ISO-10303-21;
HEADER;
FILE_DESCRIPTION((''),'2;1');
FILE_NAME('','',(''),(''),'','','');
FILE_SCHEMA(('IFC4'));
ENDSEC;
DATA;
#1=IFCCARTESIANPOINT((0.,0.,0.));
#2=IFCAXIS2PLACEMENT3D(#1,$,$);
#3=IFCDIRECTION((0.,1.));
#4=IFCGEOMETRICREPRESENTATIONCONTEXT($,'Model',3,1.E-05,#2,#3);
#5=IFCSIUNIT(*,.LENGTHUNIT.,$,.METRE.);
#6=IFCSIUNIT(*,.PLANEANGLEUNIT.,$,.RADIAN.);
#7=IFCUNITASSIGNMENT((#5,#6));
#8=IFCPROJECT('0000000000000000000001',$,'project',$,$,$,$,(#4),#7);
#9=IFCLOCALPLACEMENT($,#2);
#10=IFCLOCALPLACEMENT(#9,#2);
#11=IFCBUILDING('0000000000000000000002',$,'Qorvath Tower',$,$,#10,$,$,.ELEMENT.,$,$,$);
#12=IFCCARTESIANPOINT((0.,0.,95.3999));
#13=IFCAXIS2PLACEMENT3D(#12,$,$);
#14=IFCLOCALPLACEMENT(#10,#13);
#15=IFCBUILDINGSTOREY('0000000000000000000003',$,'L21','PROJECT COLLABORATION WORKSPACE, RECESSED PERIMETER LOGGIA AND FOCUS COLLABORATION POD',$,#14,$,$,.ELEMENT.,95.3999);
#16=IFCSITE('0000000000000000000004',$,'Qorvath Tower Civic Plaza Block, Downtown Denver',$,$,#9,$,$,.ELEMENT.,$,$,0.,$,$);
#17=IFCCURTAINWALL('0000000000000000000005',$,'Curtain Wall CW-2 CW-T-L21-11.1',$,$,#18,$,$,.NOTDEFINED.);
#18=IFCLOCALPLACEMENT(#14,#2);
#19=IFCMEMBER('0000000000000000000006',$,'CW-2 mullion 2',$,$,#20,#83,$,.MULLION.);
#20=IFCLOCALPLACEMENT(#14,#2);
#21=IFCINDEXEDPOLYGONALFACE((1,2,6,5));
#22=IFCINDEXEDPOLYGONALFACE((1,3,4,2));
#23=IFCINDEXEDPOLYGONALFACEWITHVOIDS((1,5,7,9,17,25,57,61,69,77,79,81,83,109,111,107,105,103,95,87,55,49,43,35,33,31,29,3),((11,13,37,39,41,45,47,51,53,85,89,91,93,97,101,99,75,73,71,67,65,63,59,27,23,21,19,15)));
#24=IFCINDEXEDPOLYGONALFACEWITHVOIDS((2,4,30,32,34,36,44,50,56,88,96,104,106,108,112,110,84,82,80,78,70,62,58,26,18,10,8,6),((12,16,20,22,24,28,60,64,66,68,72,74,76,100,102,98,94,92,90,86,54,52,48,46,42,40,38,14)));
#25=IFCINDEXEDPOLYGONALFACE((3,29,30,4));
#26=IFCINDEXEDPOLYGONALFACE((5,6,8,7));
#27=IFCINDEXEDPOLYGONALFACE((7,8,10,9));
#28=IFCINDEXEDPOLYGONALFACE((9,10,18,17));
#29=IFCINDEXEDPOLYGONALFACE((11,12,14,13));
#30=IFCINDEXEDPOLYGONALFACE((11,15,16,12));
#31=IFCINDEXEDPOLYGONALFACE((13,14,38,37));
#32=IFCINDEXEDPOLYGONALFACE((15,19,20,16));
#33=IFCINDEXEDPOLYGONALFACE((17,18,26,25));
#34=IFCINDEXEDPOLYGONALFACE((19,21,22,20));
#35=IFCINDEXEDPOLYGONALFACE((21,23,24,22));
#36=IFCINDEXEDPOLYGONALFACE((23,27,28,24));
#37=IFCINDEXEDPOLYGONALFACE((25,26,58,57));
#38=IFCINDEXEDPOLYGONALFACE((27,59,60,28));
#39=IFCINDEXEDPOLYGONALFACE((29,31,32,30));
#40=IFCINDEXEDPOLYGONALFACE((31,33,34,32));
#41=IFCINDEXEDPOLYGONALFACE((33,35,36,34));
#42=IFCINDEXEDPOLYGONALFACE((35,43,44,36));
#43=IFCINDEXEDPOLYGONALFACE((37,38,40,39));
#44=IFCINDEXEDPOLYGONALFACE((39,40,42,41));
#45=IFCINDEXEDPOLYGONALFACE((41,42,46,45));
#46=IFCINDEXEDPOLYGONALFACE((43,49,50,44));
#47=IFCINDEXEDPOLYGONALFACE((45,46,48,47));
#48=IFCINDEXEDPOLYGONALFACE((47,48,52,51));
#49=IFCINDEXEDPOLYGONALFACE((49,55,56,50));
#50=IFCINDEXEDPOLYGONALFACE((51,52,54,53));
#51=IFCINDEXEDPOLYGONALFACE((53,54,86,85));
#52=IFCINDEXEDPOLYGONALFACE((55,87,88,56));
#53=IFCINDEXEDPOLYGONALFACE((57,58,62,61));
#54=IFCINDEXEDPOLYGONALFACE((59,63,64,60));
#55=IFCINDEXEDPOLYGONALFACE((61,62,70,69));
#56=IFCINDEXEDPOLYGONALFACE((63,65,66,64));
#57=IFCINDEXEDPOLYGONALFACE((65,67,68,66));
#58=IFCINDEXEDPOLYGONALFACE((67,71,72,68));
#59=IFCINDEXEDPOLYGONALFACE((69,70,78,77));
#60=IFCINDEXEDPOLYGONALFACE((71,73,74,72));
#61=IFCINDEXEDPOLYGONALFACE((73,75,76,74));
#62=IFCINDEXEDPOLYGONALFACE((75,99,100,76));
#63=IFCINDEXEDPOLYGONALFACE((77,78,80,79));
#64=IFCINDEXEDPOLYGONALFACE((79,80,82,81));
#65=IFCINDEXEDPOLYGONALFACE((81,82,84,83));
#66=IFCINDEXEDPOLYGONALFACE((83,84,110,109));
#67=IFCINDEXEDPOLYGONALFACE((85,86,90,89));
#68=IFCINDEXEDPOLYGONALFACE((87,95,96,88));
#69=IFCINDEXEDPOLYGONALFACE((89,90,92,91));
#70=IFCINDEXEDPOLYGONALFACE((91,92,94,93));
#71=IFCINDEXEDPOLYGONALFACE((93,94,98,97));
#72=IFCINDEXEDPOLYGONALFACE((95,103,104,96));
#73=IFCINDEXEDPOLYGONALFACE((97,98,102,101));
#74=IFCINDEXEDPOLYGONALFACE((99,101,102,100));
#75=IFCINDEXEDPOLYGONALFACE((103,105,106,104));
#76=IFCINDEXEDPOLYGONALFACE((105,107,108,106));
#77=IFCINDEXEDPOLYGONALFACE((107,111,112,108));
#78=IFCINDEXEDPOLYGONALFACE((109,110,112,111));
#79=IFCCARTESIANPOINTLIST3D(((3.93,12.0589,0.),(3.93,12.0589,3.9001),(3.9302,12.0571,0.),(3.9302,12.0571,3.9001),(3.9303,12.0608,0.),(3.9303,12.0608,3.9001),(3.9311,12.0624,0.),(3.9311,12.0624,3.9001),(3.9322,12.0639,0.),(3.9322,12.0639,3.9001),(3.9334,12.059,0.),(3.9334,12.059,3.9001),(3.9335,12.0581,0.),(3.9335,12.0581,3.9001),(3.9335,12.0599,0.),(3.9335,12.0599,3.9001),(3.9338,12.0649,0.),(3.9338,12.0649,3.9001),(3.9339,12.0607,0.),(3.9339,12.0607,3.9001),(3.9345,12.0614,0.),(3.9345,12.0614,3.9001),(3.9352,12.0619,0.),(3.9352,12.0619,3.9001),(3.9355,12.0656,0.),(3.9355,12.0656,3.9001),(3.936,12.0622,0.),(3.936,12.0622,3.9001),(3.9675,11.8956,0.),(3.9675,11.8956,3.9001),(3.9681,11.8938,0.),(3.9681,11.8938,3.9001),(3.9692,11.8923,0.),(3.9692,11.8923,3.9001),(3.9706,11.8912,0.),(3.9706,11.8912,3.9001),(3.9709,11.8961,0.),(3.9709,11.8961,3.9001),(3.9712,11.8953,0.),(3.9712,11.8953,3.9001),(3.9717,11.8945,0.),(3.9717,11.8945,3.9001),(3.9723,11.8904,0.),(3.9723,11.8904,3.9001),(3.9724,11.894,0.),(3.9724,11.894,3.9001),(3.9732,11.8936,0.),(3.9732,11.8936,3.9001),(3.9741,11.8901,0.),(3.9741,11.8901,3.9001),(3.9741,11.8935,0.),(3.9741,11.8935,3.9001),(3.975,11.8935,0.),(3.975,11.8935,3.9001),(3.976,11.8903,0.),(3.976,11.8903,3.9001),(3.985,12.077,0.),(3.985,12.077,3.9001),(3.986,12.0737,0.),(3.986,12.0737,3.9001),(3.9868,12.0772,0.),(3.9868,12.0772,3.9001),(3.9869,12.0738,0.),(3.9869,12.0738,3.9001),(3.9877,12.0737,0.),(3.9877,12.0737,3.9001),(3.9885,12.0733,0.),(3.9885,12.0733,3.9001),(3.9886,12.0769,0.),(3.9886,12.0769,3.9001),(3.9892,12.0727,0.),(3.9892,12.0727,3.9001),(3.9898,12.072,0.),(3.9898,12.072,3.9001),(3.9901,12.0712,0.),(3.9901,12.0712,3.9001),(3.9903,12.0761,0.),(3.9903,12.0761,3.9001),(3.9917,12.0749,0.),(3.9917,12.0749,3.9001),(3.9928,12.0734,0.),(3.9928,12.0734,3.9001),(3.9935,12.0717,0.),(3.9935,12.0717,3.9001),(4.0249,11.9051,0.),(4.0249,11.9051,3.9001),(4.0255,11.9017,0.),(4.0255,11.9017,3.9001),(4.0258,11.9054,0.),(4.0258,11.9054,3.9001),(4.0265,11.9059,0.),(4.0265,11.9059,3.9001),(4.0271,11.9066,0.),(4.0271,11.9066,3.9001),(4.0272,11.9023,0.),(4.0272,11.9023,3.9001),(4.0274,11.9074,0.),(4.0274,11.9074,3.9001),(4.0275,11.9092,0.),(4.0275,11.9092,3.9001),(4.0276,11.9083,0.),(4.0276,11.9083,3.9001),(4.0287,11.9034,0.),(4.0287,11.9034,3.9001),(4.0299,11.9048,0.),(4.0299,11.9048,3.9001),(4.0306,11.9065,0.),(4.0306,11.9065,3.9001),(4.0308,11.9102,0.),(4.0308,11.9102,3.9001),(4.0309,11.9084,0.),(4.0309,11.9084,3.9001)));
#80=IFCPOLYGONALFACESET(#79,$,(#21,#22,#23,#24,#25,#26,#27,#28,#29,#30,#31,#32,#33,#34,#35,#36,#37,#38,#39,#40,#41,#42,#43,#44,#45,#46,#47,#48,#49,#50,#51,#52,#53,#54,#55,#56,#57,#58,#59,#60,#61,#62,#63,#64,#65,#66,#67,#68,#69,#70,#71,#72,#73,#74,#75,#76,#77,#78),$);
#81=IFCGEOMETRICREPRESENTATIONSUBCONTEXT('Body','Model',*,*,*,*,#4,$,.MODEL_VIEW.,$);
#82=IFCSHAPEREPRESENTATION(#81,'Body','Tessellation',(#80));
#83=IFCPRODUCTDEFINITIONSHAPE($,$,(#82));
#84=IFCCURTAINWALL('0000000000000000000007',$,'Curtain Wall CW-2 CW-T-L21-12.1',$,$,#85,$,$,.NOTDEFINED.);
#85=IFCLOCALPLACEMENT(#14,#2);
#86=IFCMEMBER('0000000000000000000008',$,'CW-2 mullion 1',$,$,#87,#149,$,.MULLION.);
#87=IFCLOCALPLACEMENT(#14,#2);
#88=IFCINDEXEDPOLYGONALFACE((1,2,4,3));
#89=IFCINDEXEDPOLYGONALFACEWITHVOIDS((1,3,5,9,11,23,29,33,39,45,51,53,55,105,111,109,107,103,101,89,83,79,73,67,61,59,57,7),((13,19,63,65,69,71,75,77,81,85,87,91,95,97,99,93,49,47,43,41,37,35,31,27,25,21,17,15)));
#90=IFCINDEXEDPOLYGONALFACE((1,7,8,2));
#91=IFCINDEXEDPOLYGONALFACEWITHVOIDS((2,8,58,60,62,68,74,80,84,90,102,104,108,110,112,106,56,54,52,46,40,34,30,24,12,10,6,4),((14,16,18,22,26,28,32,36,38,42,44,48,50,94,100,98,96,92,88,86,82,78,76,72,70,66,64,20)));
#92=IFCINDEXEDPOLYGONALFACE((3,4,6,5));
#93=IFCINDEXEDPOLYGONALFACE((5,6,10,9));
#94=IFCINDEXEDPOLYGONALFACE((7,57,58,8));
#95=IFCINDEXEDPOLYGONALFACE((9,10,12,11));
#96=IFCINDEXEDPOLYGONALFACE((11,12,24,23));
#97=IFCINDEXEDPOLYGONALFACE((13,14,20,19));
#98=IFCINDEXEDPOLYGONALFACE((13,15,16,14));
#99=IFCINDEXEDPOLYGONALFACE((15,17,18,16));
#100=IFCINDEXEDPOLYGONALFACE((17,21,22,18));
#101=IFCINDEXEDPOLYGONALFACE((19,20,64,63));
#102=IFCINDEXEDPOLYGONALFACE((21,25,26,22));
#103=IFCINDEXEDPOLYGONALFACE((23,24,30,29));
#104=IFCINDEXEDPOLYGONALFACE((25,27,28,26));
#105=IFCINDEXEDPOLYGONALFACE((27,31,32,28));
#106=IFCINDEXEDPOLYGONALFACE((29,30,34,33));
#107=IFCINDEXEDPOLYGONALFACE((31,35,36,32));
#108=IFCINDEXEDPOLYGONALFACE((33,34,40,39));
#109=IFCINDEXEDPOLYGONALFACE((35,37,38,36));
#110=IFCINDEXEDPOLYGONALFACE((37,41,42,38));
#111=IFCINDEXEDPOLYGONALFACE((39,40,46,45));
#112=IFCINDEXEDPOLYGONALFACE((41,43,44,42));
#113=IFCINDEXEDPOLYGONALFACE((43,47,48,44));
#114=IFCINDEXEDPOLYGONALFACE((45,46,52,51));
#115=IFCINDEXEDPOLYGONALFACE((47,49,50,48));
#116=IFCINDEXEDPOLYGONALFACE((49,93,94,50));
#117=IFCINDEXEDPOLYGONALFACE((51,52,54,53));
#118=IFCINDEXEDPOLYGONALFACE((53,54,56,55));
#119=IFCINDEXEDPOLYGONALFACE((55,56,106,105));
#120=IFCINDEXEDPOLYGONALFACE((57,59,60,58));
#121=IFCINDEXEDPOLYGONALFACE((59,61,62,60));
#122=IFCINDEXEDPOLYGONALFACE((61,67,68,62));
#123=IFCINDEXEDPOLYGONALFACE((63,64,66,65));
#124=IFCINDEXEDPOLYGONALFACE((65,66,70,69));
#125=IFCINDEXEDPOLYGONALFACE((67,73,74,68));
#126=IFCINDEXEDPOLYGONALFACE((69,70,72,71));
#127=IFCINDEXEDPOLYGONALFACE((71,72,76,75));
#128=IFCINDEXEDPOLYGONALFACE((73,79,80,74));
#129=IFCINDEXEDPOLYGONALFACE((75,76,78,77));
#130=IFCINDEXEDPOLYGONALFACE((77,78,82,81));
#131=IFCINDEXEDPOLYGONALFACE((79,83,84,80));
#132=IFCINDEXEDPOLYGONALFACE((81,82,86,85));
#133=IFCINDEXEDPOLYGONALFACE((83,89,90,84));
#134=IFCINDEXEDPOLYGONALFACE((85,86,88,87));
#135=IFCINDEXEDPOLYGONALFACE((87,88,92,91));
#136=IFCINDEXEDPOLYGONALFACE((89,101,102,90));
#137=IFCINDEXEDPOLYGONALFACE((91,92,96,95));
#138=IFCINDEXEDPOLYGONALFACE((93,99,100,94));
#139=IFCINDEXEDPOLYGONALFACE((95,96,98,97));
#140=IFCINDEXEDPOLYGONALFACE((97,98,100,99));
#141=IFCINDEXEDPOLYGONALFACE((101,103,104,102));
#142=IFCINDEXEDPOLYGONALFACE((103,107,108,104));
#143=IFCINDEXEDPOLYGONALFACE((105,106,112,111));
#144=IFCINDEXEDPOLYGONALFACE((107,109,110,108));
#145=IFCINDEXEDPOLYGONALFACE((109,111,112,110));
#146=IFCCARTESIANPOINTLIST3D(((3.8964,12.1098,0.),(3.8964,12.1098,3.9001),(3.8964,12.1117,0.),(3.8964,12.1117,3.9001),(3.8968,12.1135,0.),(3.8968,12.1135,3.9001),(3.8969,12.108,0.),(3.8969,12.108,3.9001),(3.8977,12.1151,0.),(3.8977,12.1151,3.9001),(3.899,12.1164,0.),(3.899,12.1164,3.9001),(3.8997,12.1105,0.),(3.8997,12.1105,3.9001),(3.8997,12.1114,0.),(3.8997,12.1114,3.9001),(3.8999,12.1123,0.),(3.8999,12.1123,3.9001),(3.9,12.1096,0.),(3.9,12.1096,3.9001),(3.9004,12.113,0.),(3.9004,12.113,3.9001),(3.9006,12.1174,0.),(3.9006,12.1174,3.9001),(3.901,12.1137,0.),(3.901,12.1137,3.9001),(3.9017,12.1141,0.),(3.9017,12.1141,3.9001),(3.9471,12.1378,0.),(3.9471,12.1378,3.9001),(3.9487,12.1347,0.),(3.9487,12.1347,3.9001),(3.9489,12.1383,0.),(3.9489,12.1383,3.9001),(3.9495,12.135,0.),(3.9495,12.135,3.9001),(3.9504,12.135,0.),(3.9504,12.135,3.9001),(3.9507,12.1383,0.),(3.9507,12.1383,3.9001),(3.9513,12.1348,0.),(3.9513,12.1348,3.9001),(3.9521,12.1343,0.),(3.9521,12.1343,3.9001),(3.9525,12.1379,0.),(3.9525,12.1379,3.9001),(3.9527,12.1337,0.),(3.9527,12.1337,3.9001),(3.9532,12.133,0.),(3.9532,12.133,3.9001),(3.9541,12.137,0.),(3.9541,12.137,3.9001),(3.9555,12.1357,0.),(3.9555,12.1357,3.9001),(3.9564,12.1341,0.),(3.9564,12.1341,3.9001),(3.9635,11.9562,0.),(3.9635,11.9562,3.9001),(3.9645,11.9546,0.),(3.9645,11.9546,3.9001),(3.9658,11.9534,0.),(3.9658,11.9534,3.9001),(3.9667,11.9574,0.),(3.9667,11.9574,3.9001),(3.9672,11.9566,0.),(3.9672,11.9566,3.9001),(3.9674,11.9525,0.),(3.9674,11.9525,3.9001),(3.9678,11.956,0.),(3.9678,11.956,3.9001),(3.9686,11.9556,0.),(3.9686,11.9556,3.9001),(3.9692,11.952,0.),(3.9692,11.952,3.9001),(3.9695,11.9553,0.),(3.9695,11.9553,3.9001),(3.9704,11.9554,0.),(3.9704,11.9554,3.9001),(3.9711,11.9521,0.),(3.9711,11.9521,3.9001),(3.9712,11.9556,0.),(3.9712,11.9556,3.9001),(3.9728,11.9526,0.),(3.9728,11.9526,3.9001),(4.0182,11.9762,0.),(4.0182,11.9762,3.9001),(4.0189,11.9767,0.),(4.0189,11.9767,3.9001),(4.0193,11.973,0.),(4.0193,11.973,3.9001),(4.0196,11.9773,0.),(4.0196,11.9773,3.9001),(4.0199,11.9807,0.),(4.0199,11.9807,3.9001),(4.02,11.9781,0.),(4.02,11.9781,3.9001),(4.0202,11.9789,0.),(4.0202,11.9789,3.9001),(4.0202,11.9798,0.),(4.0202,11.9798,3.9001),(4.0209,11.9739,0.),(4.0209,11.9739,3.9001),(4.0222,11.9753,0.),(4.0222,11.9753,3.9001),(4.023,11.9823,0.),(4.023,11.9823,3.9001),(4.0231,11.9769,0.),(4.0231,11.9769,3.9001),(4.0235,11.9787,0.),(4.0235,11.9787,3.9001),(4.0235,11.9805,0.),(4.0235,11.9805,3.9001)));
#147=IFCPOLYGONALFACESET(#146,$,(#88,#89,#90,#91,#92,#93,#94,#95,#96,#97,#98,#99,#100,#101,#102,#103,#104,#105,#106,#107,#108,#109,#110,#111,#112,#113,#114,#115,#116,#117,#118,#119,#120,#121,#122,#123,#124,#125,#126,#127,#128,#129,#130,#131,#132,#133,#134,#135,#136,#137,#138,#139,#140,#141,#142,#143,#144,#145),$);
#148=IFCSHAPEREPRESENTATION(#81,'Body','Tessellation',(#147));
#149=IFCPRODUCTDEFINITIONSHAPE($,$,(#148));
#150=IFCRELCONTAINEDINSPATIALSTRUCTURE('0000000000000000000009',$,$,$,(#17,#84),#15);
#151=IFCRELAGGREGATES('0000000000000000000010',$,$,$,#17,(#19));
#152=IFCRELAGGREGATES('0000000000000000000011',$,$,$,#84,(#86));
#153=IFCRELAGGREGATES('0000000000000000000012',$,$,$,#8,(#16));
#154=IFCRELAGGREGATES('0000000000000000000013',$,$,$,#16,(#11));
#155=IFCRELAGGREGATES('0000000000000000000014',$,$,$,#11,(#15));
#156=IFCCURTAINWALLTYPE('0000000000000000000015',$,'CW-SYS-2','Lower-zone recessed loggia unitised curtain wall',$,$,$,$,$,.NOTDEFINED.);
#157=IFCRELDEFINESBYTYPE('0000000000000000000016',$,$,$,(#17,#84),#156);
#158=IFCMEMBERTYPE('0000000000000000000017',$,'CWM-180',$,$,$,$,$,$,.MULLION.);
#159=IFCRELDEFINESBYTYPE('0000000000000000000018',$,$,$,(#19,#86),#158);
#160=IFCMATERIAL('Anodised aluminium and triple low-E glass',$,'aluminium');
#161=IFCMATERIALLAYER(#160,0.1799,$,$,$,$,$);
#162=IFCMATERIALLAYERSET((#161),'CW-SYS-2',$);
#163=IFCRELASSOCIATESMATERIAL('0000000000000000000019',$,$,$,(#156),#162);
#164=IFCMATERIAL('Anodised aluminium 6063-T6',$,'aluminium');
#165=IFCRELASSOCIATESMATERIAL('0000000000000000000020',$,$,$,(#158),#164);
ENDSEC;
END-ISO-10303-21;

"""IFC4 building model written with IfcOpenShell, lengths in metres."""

from ifc_helpers import new_model, si_unit, direction, frame, origin, origin_2d, place, context, subcontext, project, spatial, hollow_rectangle, extrude, material, layer, layer_set, material_profile, profile_set, type_object, element, aggregate, save


model = new_model("IFC4")

# Units and contexts
model_context = context("Model", 3, precision=1e-05, world=origin(), true_north=direction((0.0, 1.0)))
body_context = subcontext(model_context, "Body", "Model", "MODEL_VIEW")
ifc_project = project(units=[si_unit("LENGTHUNIT", "METRE"), si_unit("PLANEANGLEUNIT", "RADIAN")], contexts=[model_context])

# Site, building, storey
site_placement = place(None, origin())
site = spatial("IfcSite", under=ifc_project, at=site_placement, Name="Qorvath Tower Civic Plaza Block, Downtown Denver", CompositionType="ELEMENT", RefElevation=0.0)
building_placement = place(site_placement, origin())
building = spatial("IfcBuilding", under=site, at=building_placement, Name="Qorvath Tower", CompositionType="ELEMENT")
storey_placement = place(building_placement, frame((0.0, 0.0, 95.3999)))
storey = spatial("IfcBuildingStorey", under=building, at=storey_placement, Name="L21", Description="PROJECT COLLABORATION WORKSPACE, RECESSED PERIMETER LOGGIA AND FOCUS COLLABORATION POD", CompositionType="ELEMENT", Elevation=95.3999)

# Curtain wall, member
ifc_material_1 = material(Name="Anodised aluminium and triple low-E glass", Category="aluminium")
ifc_layer_1 = layer(ifc_material_1, 0.1799)
ifc_layer_set_1 = layer_set([ifc_layer_1], Name="CW-SYS-2")
curtain_wall_type = type_object("IfcCurtainWallType", Name="CW-SYS-2", Description="Lower-zone recessed loggia unitised curtain wall", PredefinedType="NOTDEFINED", material=ifc_layer_set_1)
curtain_wall_1_placement = place(storey_placement, origin())
curtain_wall_1 = element("IfcCurtainWall", 1, at=curtain_wall_1_placement, inside=storey, type_object=curtain_wall_type, Name="Curtain Wall CW-2 CW-T-L21-11.1", PredefinedType="NOTDEFINED")
ifc_material_2 = material(Name="Anodised aluminium 6063-T6", Category="aluminium")
ifc_material_profile_1 = material_profile(ifc_material_2, hollow_rectangle(XDim=0.0649, YDim=0.1799, WallThickness=0.0034, InnerFilletRadius=0.0034, OuterFilletRadius=0.0071, at=origin_2d()), Name="CWM 180x65")
ifc_profile_set_1 = profile_set([ifc_material_profile_1], Name="Anodised aluminium 6063-T6")
member_type_1 = type_object("IfcMemberType", Name="CWM-180", PredefinedType="MULLION", material=ifc_profile_set_1)
member_1_placement = place(storey_placement, frame((3.9805, 11.9836, 0.0), z_axis=(0.0, 0.0, 1.0), x_axis=(-0.974351, -0.225034, 0.0)))
member_1 = element("IfcMember", 2, at=member_1_placement, type_object=member_type_1, Name="CW-2 mullion 2", PredefinedType="MULLION", context=body_context, shape_type="SweptSolid", body=[
    extrude(hollow_rectangle(XDim=0.0649, YDim=0.1799, WallThickness=0.0034, InnerFilletRadius=0.0034, OuterFilletRadius=0.0071, at=origin_2d()), origin(), (0.0, 0.0, 1.0), 3.9001),
])

# Curtain wall, member
curtain_wall_2_placement = place(storey_placement, origin())
curtain_wall_2 = element("IfcCurtainWall", 3, at=curtain_wall_2_placement, inside=storey, type_object=curtain_wall_type, Name="Curtain Wall CW-2 CW-T-L21-12.1", PredefinedType="NOTDEFINED")
member_2_placement = place(storey_placement, frame((3.96, 12.0452, 0.0), z_axis=(0.0, 0.0, 1.0), x_axis=(-0.915869, -0.401477, 0.0)))
member_2 = element("IfcMember", 4, at=member_2_placement, type_object=member_type_1, Name="CW-2 mullion 1", PredefinedType="MULLION", context=body_context, shape_type="SweptSolid", body=[
    extrude(hollow_rectangle(XDim=0.0649, YDim=0.1799, WallThickness=0.0034, InnerFilletRadius=0.0034, OuterFilletRadius=0.0071, at=origin_2d()), origin(), (0.0, 0.0, 1.0), 3.9001),
])

aggregate(curtain_wall_1, [member_1])
aggregate(curtain_wall_2, [member_2])

save(model, "model.ifc")
